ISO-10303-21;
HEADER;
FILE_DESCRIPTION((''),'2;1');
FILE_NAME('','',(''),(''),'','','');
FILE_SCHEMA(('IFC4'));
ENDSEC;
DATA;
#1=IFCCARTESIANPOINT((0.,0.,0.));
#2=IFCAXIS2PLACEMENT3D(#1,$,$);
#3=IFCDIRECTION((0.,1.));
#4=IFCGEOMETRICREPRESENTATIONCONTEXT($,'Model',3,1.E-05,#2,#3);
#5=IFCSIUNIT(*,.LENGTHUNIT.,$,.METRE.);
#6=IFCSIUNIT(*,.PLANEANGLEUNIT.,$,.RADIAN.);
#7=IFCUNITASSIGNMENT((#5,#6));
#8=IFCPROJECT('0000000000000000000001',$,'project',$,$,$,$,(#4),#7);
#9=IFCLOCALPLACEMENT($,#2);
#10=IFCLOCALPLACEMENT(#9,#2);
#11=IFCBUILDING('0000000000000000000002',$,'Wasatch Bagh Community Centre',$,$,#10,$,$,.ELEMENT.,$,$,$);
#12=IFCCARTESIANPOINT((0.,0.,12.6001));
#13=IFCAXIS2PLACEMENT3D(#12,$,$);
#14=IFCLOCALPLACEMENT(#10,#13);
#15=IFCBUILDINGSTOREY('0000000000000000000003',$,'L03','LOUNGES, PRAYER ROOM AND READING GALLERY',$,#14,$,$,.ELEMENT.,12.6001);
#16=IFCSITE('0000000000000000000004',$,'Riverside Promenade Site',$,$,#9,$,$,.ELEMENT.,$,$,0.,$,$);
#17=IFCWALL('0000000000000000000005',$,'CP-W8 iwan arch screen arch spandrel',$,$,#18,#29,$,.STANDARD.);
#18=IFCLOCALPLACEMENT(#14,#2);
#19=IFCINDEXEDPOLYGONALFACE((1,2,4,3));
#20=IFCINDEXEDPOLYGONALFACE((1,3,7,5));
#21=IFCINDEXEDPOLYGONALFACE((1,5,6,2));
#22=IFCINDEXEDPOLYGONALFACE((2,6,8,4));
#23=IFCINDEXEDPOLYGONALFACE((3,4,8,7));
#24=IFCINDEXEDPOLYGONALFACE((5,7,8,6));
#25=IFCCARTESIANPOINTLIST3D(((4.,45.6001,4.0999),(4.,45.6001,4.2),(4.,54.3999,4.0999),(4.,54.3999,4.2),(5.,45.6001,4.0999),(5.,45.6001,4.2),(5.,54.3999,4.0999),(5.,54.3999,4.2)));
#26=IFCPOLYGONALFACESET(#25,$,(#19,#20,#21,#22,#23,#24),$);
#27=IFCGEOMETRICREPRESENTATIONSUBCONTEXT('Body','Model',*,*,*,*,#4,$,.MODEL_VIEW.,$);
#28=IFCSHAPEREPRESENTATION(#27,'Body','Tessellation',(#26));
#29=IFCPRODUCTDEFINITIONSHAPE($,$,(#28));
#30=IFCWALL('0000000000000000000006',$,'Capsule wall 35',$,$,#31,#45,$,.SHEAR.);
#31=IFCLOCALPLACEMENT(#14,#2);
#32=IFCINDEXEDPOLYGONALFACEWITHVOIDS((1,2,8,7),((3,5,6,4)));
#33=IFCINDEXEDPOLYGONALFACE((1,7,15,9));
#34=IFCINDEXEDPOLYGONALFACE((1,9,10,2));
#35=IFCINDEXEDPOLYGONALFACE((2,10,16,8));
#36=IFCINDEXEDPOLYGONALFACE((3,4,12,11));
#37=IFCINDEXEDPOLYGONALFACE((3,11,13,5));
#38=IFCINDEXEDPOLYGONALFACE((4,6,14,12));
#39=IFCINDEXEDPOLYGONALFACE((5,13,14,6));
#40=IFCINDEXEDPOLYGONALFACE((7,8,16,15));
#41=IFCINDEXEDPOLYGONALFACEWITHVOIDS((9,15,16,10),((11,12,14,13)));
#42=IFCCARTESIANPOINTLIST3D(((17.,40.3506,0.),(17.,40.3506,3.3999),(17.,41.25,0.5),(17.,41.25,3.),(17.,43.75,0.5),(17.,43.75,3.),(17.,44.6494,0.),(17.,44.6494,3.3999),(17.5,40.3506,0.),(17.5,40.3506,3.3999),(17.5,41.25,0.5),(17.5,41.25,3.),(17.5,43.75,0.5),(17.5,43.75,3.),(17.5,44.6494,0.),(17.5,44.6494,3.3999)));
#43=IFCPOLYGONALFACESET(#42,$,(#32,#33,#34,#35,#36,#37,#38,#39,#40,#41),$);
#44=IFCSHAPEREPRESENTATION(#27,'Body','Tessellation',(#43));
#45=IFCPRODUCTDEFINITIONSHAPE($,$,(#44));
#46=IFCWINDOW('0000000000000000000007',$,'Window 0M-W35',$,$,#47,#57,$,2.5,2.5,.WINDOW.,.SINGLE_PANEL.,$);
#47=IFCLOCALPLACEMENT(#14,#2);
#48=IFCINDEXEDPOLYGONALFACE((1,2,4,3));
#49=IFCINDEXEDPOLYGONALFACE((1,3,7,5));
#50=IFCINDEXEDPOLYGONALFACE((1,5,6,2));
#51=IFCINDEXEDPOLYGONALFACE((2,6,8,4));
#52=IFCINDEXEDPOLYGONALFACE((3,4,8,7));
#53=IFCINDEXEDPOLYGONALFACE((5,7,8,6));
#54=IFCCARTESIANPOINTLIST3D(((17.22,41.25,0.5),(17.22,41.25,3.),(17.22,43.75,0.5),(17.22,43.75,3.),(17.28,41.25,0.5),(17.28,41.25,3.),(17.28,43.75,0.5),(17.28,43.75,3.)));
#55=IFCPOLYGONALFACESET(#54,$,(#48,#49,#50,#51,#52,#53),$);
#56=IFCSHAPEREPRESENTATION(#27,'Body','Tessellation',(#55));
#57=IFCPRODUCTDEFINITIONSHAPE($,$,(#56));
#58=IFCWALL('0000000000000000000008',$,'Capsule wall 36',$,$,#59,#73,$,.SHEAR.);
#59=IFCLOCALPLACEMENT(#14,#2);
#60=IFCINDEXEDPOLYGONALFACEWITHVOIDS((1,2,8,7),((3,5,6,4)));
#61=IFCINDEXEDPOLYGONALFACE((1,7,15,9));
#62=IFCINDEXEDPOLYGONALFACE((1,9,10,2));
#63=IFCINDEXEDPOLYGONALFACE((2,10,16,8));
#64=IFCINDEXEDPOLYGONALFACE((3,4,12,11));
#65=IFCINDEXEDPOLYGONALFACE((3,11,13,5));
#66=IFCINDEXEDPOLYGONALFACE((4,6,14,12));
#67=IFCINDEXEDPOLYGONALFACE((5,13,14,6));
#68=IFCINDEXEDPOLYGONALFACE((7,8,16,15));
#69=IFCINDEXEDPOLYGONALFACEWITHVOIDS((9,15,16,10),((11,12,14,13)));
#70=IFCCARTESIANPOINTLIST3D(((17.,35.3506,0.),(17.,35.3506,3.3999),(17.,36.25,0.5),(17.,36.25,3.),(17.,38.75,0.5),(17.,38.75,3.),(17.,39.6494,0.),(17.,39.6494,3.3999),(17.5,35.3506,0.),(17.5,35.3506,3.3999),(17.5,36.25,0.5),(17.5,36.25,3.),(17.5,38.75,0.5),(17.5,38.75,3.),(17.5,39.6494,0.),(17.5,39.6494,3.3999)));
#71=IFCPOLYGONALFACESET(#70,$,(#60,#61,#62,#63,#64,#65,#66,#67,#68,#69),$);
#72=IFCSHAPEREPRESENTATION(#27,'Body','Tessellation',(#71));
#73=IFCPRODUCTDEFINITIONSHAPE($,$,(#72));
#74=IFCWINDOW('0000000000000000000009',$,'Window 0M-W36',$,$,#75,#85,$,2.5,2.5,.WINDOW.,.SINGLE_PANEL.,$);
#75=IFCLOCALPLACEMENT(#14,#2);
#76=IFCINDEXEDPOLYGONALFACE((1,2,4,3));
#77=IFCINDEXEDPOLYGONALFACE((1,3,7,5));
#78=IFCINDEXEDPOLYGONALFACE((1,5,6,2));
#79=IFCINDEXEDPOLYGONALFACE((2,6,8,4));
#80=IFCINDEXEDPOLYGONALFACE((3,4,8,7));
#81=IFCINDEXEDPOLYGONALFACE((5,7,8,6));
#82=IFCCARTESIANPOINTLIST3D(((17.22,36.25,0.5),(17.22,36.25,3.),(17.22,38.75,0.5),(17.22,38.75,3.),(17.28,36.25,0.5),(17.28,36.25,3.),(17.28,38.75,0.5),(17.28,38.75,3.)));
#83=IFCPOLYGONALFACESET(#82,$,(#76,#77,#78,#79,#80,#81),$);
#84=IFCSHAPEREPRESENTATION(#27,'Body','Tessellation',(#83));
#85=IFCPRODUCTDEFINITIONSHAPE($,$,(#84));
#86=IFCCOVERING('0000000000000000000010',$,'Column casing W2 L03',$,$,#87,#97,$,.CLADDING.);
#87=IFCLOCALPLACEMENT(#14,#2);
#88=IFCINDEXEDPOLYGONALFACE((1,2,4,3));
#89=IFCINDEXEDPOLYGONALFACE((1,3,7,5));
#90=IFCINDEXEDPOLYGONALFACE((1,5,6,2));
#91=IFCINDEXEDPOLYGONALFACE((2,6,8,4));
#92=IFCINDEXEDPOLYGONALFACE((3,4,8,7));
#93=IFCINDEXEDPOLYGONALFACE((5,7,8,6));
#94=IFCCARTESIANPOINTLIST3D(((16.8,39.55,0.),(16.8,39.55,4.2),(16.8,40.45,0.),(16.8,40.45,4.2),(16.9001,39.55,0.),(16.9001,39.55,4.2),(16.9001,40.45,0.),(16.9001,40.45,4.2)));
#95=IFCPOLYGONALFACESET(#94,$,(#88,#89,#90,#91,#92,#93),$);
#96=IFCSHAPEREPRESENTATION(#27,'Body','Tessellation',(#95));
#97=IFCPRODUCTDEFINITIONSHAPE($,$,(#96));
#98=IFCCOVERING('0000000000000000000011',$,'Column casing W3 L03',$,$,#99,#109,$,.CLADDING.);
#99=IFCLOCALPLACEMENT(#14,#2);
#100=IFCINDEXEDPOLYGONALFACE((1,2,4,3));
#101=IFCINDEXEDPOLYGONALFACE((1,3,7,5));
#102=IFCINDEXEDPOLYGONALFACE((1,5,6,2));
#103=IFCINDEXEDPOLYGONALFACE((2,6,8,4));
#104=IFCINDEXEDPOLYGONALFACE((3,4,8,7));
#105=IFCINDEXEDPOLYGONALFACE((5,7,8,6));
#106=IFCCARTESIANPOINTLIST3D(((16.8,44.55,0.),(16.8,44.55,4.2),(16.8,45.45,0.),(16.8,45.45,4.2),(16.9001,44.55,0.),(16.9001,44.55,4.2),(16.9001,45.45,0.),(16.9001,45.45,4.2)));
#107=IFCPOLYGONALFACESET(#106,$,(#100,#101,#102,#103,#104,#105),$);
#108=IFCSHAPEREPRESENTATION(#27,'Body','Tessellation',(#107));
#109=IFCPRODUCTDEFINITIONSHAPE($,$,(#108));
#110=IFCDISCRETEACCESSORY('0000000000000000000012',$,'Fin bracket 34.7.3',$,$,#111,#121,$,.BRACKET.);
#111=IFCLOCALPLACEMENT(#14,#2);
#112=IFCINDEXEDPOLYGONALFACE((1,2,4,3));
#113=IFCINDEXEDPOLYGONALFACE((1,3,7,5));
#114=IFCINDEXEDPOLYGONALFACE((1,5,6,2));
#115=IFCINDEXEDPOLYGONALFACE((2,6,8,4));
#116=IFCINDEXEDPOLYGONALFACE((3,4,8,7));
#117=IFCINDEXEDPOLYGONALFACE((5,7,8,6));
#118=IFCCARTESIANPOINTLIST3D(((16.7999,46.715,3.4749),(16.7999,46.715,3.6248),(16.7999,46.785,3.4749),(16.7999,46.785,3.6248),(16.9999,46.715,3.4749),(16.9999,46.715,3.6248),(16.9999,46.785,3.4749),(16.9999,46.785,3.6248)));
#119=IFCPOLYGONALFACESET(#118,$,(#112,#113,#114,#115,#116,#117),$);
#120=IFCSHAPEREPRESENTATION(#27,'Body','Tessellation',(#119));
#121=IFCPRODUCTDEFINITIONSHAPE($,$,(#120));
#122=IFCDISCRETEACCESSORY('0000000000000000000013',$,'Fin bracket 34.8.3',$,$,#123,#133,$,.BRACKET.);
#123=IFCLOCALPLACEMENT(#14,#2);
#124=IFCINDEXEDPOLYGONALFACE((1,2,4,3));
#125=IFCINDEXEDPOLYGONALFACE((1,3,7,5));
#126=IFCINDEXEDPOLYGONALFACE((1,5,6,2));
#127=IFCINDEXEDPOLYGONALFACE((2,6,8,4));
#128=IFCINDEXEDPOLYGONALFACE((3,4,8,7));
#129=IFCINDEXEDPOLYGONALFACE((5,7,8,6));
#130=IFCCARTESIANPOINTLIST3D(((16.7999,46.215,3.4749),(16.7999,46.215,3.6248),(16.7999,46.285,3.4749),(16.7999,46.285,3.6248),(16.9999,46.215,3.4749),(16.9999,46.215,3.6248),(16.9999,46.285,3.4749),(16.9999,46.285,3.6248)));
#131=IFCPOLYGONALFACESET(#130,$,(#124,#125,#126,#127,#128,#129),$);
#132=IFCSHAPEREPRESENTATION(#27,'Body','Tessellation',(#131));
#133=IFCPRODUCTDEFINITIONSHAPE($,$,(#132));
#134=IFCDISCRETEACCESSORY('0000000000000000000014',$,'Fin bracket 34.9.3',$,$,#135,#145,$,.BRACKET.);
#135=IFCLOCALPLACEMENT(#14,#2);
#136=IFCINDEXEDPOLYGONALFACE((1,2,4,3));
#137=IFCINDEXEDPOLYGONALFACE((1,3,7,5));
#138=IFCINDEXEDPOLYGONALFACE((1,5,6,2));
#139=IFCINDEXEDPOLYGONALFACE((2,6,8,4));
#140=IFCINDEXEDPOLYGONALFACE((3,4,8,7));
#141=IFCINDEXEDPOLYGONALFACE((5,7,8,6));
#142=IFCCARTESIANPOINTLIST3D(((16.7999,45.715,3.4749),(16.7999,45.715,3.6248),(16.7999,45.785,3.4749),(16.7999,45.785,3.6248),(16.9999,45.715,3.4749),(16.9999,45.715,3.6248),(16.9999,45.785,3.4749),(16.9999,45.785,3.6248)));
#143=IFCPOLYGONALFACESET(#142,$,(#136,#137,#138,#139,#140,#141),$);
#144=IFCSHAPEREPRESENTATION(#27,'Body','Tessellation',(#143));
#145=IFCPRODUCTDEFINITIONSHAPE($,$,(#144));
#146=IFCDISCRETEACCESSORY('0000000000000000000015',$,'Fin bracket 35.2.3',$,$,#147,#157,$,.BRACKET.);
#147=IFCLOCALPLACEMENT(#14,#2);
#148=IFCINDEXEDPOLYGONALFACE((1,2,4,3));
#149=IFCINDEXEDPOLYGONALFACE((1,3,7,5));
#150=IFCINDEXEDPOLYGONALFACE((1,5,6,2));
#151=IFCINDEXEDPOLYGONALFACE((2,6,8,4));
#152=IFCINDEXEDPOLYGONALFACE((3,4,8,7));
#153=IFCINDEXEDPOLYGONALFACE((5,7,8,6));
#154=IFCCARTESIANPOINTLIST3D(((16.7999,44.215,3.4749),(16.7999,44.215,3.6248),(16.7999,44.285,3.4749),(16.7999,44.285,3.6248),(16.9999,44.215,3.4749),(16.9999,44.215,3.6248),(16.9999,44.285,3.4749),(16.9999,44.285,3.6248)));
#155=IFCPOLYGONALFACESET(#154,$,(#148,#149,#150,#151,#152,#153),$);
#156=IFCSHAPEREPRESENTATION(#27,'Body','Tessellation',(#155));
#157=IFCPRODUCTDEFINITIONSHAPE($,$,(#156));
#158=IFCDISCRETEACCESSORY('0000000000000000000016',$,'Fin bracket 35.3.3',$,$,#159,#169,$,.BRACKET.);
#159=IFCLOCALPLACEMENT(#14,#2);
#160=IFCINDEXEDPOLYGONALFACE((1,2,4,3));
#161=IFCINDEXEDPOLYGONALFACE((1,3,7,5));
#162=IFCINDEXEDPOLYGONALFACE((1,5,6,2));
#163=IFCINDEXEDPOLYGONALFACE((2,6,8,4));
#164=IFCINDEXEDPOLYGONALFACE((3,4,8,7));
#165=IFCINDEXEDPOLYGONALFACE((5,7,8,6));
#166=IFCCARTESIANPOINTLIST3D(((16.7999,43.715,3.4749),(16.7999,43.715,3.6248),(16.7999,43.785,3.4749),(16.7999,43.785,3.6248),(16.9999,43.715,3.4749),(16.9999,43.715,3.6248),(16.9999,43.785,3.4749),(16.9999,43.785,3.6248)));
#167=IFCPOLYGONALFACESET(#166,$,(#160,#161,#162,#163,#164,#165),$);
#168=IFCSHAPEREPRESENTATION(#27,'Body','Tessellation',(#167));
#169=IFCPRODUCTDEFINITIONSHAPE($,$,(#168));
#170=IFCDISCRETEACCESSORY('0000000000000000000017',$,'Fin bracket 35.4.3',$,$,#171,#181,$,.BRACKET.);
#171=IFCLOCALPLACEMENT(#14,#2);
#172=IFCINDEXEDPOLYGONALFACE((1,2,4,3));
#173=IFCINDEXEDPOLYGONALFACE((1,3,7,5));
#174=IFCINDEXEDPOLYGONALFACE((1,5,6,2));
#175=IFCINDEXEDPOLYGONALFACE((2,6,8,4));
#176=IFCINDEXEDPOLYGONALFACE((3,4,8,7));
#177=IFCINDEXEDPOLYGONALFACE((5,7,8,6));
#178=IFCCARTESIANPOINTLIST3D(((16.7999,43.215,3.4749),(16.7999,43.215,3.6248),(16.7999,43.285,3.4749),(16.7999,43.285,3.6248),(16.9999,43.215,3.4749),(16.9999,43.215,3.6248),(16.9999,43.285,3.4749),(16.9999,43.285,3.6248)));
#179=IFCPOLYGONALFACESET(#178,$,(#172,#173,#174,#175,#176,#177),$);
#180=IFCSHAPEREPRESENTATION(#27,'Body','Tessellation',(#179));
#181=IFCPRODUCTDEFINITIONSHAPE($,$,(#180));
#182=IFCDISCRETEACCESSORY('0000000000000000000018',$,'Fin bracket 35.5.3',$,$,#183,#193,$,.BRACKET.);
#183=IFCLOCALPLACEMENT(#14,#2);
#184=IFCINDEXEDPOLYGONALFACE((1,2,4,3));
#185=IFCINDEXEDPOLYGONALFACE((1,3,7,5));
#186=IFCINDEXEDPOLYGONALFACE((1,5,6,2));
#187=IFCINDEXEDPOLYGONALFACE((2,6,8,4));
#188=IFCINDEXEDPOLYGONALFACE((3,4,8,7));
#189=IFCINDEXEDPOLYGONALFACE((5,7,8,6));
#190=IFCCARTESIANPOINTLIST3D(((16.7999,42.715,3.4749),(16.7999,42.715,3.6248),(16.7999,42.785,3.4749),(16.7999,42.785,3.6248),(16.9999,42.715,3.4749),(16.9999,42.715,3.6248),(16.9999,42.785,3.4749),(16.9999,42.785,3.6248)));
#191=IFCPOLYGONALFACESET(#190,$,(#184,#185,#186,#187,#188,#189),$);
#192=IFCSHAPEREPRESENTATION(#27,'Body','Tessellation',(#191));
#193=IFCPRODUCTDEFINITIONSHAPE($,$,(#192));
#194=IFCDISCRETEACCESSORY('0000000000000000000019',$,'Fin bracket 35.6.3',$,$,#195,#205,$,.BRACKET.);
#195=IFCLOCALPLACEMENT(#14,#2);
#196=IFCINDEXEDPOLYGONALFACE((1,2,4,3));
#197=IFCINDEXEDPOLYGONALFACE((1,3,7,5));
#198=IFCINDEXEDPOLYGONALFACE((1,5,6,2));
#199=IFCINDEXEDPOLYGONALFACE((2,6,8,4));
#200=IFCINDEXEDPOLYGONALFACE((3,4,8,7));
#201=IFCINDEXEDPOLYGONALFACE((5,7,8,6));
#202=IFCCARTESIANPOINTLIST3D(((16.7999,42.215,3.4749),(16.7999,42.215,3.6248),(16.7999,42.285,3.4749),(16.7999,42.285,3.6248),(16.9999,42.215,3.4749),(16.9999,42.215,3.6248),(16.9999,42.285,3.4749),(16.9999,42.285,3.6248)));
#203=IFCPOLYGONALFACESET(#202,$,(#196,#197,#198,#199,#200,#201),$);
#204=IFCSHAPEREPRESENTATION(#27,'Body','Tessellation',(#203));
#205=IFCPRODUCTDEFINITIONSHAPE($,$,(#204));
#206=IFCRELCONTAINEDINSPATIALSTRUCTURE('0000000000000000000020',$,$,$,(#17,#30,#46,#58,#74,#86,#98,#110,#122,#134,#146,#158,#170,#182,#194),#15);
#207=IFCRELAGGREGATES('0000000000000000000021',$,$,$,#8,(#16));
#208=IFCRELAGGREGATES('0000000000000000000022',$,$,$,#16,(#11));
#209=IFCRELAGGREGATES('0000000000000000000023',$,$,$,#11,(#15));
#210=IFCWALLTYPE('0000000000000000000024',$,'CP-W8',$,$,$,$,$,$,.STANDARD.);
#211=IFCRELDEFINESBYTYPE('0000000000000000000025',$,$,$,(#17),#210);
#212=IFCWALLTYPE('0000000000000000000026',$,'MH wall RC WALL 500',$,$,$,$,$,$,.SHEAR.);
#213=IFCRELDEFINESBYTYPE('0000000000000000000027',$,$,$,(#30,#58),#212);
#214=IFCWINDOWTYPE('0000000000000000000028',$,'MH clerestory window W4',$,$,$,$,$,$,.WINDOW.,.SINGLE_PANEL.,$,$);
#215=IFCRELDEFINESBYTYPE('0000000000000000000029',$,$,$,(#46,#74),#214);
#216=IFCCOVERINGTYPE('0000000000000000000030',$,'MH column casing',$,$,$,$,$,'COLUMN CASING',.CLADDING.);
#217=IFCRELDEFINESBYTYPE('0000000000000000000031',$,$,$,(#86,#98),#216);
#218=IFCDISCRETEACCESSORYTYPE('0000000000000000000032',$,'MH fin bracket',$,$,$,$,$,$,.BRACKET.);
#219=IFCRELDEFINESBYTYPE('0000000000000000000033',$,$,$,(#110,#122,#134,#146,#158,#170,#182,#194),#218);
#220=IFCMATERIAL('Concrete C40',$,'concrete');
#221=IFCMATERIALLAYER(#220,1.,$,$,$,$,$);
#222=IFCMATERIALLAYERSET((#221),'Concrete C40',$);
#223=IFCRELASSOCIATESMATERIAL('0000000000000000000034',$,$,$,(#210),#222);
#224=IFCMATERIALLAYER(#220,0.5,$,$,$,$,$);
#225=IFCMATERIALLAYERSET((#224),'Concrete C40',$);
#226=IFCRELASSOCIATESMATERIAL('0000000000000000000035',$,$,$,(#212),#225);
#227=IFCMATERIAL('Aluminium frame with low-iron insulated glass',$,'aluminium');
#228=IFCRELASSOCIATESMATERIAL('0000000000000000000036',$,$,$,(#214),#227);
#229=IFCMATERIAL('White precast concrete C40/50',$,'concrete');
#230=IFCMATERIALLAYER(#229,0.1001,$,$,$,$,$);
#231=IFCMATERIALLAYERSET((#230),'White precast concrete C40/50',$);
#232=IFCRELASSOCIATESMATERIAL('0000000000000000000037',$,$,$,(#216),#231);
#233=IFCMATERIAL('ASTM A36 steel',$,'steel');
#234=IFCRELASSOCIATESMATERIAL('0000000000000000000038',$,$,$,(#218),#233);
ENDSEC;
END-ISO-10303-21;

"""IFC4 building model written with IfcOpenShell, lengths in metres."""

from ifc_helpers import new_model, si_unit, direction, frame, frame_2d, origin, origin_2d, place, context, subcontext, project, spatial, rectangle, extrude, material, layer, layer_set, type_object, element, fill, save


model = new_model("IFC4")

# Units and contexts
model_context = context("Model", 3, precision=1e-05, world=origin(), true_north=direction((0.0, 1.0)))
body_context = subcontext(model_context, "Body", "Model", "MODEL_VIEW")
ifc_project = project(units=[si_unit("LENGTHUNIT", "METRE"), si_unit("PLANEANGLEUNIT", "RADIAN")], contexts=[model_context])

# Site, building, storey
site_placement = place(None, origin())
site = spatial("IfcSite", under=ifc_project, at=site_placement, Name="Riverside Promenade Site", CompositionType="ELEMENT", RefElevation=0.0)
building_placement = place(site_placement, origin())
building = spatial("IfcBuilding", under=site, at=building_placement, Name="Wasatch Bagh Community Centre", CompositionType="ELEMENT")
storey_placement = place(building_placement, frame((0.0, 0.0, 12.6001)))
storey = spatial("IfcBuildingStorey", under=building, at=storey_placement, Name="L03", Description="LOUNGES, PRAYER ROOM AND READING GALLERY", CompositionType="ELEMENT", Elevation=12.6001)

# Shared definitions
ifc_material_1 = material(Name="Concrete C40", Category="concrete")

# Wall
ifc_layer_1 = layer(ifc_material_1, 1.0)
ifc_layer_set_1 = layer_set([ifc_layer_1], Name="Concrete C40")
wall_type_1 = type_object("IfcWallType", Name="CP-W8", PredefinedType="STANDARD", material=ifc_layer_set_1)
wall_1_placement = place(storey_placement, frame((4.5, 45.6001, 4.0999), z_axis=(0.0, 0.0, 1.0), x_axis=(0.0, 1.0, 0.0)))
element("IfcWall", 1, at=wall_1_placement, inside=storey, type_object=wall_type_1, Name="CP-W8 iwan arch screen arch spandrel", PredefinedType="STANDARD", context=body_context, shape_type="SweptSolid", body=[
    extrude(rectangle(XDim=8.7998, YDim=1.0, at=frame_2d((4.3999, 0.0))), origin(), (0.0, 0.0, 1.0), 0.1001),
])

# Walls, openings, windows
ifc_layer_2 = layer(ifc_material_1, 0.5)
ifc_layer_set_2 = layer_set([ifc_layer_2], Name="Concrete C40")
wall_type_2 = type_object("IfcWallType", Name="MH wall RC WALL 500", PredefinedType="SHEAR", material=ifc_layer_set_2)
wall_2_placement = place(storey_placement, frame((17.25, 44.6494, 0.0), z_axis=(0.0, 0.0, 1.0), x_axis=(0.0, -1.0, 0.0)))
wall_2 = element("IfcWall", 2, at=wall_2_placement, inside=storey, type_object=wall_type_2, Name="Capsule wall 35", PredefinedType="SHEAR", context=body_context, shape_type="SweptSolid", body=[
    extrude(rectangle(XDim=4.2988, YDim=0.5, at=frame_2d((2.1494, 0.0))), origin(), (0.0, 0.0, 1.0), 3.3999),
])
opening_1_placement = place(wall_2_placement, frame((0.8994, 0.0, 0.5)))
opening_1 = element("IfcOpeningElement", 3, at=opening_1_placement, cuts=wall_2, PredefinedType="OPENING", context=body_context, shape_type="SweptSolid", body=[
    extrude(rectangle(XDim=2.5, YDim=2.5, at=frame_2d((1.25, 1.25))), frame((0.0, 0.26, 0.0), z_axis=(0.0, -1.0, 0.0), x_axis=(1.0, 0.0, 0.0)), (0.0, 0.0, 1.0), 0.52),
])
ifc_material_2 = material(Name="Aluminium frame with low-iron insulated glass", Category="aluminium")
window_type = type_object("IfcWindowType", Name="MH clerestory window W4", PartitioningType="SINGLE_PANEL", PredefinedType="WINDOW", material=ifc_material_2)
window_1_placement = place(opening_1_placement, origin())
window_1 = element("IfcWindow", 4, at=window_1_placement, inside=storey, type_object=window_type, Name="Window 0M-W35", OverallHeight=2.5, OverallWidth=2.5, PartitioningType="SINGLE_PANEL", PredefinedType="WINDOW", context=body_context, shape_type="SweptSolid", body=[
    extrude(rectangle(XDim=2.5, YDim=2.5, at=frame_2d((1.25, 1.25))), frame((0.0, 0.03, 0.0), z_axis=(0.0, -1.0, 0.0), x_axis=(1.0, 0.0, 0.0)), (0.0, 0.0, 1.0), 0.0601),
])
fill(opening_1, window_1)
wall_3_placement = place(storey_placement, frame((17.25, 39.6494, 0.0), z_axis=(0.0, 0.0, 1.0), x_axis=(0.0, -1.0, 0.0)))
wall_3 = element("IfcWall", 5, at=wall_3_placement, inside=storey, type_object=wall_type_2, Name="Capsule wall 36", PredefinedType="SHEAR", context=body_context, shape_type="SweptSolid", body=[
    extrude(rectangle(XDim=4.2988, YDim=0.5, at=frame_2d((2.1494, 0.0))), origin(), (0.0, 0.0, 1.0), 3.3999),
])
opening_2_placement = place(wall_3_placement, frame((0.8994, 0.0, 0.5)))
opening_2 = element("IfcOpeningElement", 6, at=opening_2_placement, cuts=wall_3, PredefinedType="OPENING", context=body_context, shape_type="SweptSolid", body=[
    extrude(rectangle(XDim=2.5, YDim=2.5, at=frame_2d((1.25, 1.25))), frame((0.0, 0.26, 0.0), z_axis=(0.0, -1.0, 0.0), x_axis=(1.0, 0.0, 0.0)), (0.0, 0.0, 1.0), 0.52),
])
window_2_placement = place(opening_2_placement, origin())
window_2 = element("IfcWindow", 7, at=window_2_placement, inside=storey, type_object=window_type, Name="Window 0M-W36", OverallHeight=2.5, OverallWidth=2.5, PartitioningType="SINGLE_PANEL", PredefinedType="WINDOW", context=body_context, shape_type="SweptSolid", body=[
    extrude(rectangle(XDim=2.5, YDim=2.5, at=frame_2d((1.25, 1.25))), frame((0.0, 0.03, 0.0), z_axis=(0.0, -1.0, 0.0), x_axis=(1.0, 0.0, 0.0)), (0.0, 0.0, 1.0), 0.0601),
])
fill(opening_2, window_2)

# Coverings
ifc_material_3 = material(Name="White precast concrete C40/50", Category="concrete")
ifc_layer_3 = layer(ifc_material_3, 0.1001)
ifc_layer_set_3 = layer_set([ifc_layer_3], Name="White precast concrete C40/50")
covering_type = type_object("IfcCoveringType", Name="MH column casing", ElementType="COLUMN CASING", PredefinedType="CLADDING", material=ifc_layer_set_3)
for number, where, z_axis, x_axis, name in (
    (8, (16.8501, 40.0, 0.0), (0.0, 0.0, 1.0), (0.0, -1.0, 0.0), "Column casing W2 L03"),
    (9, (16.8501, 45.0, 0.0), (0.0, 0.0, 1.0), (0.0, -1.0, 0.0), "Column casing W3 L03"),
):
    element("IfcCovering", number, at=place(storey_placement, frame(where, z_axis=z_axis, x_axis=x_axis)), inside=storey, type_object=covering_type, Name=name, PredefinedType="CLADDING", context=body_context, shape_type="SweptSolid", body=[
        extrude(rectangle(XDim=0.8999, YDim=0.1001, at=origin_2d()), origin(), (0.0, 0.0, 1.0), 4.2),
    ])

# Discrete accessories
ifc_material_4 = material(Name="ASTM A36 steel", Category="steel")
discrete_accessory_type = type_object("IfcDiscreteAccessoryType", Name="MH fin bracket", PredefinedType="BRACKET", material=ifc_material_4)
for number, where, z_axis, x_axis, name in (
    (10, (16.8999, 46.75, 3.4749), (0.0, 0.0, 1.0), (0.0, -1.0, 0.0), "Fin bracket 34.7.3"),
    (11, (16.8999, 46.25, 3.4749), (0.0, 0.0, 1.0), (0.0, -1.0, 0.0), "Fin bracket 34.8.3"),
    (12, (16.8999, 45.75, 3.4749), (0.0, 0.0, 1.0), (0.0, -1.0, 0.0), "Fin bracket 34.9.3"),
    (13, (16.8999, 44.25, 3.4749), (0.0, 0.0, 1.0), (0.0, -1.0, 0.0), "Fin bracket 35.2.3"),
    (14, (16.8999, 43.75, 3.4749), (0.0, 0.0, 1.0), (0.0, -1.0, 0.0), "Fin bracket 35.3.3"),
    (15, (16.8999, 43.25, 3.4749), (0.0, 0.0, 1.0), (0.0, -1.0, 0.0), "Fin bracket 35.4.3"),
    (16, (16.8999, 42.75, 3.4749), (0.0, 0.0, 1.0), (0.0, -1.0, 0.0), "Fin bracket 35.5.3"),
    (17, (16.8999, 42.25, 3.4749), (0.0, 0.0, 1.0), (0.0, -1.0, 0.0), "Fin bracket 35.6.3"),
):
    element("IfcDiscreteAccessory", number, at=place(storey_placement, frame(where, z_axis=z_axis, x_axis=x_axis)), inside=storey, type_object=discrete_accessory_type, Name=name, PredefinedType="BRACKET", context=body_context, shape_type="SweptSolid", body=[
        extrude(rectangle(XDim=0.0701, YDim=0.2, at=origin_2d()), origin(), (0.0, 0.0, 1.0), 0.1499),
    ])

save(model, "model.ifc")
